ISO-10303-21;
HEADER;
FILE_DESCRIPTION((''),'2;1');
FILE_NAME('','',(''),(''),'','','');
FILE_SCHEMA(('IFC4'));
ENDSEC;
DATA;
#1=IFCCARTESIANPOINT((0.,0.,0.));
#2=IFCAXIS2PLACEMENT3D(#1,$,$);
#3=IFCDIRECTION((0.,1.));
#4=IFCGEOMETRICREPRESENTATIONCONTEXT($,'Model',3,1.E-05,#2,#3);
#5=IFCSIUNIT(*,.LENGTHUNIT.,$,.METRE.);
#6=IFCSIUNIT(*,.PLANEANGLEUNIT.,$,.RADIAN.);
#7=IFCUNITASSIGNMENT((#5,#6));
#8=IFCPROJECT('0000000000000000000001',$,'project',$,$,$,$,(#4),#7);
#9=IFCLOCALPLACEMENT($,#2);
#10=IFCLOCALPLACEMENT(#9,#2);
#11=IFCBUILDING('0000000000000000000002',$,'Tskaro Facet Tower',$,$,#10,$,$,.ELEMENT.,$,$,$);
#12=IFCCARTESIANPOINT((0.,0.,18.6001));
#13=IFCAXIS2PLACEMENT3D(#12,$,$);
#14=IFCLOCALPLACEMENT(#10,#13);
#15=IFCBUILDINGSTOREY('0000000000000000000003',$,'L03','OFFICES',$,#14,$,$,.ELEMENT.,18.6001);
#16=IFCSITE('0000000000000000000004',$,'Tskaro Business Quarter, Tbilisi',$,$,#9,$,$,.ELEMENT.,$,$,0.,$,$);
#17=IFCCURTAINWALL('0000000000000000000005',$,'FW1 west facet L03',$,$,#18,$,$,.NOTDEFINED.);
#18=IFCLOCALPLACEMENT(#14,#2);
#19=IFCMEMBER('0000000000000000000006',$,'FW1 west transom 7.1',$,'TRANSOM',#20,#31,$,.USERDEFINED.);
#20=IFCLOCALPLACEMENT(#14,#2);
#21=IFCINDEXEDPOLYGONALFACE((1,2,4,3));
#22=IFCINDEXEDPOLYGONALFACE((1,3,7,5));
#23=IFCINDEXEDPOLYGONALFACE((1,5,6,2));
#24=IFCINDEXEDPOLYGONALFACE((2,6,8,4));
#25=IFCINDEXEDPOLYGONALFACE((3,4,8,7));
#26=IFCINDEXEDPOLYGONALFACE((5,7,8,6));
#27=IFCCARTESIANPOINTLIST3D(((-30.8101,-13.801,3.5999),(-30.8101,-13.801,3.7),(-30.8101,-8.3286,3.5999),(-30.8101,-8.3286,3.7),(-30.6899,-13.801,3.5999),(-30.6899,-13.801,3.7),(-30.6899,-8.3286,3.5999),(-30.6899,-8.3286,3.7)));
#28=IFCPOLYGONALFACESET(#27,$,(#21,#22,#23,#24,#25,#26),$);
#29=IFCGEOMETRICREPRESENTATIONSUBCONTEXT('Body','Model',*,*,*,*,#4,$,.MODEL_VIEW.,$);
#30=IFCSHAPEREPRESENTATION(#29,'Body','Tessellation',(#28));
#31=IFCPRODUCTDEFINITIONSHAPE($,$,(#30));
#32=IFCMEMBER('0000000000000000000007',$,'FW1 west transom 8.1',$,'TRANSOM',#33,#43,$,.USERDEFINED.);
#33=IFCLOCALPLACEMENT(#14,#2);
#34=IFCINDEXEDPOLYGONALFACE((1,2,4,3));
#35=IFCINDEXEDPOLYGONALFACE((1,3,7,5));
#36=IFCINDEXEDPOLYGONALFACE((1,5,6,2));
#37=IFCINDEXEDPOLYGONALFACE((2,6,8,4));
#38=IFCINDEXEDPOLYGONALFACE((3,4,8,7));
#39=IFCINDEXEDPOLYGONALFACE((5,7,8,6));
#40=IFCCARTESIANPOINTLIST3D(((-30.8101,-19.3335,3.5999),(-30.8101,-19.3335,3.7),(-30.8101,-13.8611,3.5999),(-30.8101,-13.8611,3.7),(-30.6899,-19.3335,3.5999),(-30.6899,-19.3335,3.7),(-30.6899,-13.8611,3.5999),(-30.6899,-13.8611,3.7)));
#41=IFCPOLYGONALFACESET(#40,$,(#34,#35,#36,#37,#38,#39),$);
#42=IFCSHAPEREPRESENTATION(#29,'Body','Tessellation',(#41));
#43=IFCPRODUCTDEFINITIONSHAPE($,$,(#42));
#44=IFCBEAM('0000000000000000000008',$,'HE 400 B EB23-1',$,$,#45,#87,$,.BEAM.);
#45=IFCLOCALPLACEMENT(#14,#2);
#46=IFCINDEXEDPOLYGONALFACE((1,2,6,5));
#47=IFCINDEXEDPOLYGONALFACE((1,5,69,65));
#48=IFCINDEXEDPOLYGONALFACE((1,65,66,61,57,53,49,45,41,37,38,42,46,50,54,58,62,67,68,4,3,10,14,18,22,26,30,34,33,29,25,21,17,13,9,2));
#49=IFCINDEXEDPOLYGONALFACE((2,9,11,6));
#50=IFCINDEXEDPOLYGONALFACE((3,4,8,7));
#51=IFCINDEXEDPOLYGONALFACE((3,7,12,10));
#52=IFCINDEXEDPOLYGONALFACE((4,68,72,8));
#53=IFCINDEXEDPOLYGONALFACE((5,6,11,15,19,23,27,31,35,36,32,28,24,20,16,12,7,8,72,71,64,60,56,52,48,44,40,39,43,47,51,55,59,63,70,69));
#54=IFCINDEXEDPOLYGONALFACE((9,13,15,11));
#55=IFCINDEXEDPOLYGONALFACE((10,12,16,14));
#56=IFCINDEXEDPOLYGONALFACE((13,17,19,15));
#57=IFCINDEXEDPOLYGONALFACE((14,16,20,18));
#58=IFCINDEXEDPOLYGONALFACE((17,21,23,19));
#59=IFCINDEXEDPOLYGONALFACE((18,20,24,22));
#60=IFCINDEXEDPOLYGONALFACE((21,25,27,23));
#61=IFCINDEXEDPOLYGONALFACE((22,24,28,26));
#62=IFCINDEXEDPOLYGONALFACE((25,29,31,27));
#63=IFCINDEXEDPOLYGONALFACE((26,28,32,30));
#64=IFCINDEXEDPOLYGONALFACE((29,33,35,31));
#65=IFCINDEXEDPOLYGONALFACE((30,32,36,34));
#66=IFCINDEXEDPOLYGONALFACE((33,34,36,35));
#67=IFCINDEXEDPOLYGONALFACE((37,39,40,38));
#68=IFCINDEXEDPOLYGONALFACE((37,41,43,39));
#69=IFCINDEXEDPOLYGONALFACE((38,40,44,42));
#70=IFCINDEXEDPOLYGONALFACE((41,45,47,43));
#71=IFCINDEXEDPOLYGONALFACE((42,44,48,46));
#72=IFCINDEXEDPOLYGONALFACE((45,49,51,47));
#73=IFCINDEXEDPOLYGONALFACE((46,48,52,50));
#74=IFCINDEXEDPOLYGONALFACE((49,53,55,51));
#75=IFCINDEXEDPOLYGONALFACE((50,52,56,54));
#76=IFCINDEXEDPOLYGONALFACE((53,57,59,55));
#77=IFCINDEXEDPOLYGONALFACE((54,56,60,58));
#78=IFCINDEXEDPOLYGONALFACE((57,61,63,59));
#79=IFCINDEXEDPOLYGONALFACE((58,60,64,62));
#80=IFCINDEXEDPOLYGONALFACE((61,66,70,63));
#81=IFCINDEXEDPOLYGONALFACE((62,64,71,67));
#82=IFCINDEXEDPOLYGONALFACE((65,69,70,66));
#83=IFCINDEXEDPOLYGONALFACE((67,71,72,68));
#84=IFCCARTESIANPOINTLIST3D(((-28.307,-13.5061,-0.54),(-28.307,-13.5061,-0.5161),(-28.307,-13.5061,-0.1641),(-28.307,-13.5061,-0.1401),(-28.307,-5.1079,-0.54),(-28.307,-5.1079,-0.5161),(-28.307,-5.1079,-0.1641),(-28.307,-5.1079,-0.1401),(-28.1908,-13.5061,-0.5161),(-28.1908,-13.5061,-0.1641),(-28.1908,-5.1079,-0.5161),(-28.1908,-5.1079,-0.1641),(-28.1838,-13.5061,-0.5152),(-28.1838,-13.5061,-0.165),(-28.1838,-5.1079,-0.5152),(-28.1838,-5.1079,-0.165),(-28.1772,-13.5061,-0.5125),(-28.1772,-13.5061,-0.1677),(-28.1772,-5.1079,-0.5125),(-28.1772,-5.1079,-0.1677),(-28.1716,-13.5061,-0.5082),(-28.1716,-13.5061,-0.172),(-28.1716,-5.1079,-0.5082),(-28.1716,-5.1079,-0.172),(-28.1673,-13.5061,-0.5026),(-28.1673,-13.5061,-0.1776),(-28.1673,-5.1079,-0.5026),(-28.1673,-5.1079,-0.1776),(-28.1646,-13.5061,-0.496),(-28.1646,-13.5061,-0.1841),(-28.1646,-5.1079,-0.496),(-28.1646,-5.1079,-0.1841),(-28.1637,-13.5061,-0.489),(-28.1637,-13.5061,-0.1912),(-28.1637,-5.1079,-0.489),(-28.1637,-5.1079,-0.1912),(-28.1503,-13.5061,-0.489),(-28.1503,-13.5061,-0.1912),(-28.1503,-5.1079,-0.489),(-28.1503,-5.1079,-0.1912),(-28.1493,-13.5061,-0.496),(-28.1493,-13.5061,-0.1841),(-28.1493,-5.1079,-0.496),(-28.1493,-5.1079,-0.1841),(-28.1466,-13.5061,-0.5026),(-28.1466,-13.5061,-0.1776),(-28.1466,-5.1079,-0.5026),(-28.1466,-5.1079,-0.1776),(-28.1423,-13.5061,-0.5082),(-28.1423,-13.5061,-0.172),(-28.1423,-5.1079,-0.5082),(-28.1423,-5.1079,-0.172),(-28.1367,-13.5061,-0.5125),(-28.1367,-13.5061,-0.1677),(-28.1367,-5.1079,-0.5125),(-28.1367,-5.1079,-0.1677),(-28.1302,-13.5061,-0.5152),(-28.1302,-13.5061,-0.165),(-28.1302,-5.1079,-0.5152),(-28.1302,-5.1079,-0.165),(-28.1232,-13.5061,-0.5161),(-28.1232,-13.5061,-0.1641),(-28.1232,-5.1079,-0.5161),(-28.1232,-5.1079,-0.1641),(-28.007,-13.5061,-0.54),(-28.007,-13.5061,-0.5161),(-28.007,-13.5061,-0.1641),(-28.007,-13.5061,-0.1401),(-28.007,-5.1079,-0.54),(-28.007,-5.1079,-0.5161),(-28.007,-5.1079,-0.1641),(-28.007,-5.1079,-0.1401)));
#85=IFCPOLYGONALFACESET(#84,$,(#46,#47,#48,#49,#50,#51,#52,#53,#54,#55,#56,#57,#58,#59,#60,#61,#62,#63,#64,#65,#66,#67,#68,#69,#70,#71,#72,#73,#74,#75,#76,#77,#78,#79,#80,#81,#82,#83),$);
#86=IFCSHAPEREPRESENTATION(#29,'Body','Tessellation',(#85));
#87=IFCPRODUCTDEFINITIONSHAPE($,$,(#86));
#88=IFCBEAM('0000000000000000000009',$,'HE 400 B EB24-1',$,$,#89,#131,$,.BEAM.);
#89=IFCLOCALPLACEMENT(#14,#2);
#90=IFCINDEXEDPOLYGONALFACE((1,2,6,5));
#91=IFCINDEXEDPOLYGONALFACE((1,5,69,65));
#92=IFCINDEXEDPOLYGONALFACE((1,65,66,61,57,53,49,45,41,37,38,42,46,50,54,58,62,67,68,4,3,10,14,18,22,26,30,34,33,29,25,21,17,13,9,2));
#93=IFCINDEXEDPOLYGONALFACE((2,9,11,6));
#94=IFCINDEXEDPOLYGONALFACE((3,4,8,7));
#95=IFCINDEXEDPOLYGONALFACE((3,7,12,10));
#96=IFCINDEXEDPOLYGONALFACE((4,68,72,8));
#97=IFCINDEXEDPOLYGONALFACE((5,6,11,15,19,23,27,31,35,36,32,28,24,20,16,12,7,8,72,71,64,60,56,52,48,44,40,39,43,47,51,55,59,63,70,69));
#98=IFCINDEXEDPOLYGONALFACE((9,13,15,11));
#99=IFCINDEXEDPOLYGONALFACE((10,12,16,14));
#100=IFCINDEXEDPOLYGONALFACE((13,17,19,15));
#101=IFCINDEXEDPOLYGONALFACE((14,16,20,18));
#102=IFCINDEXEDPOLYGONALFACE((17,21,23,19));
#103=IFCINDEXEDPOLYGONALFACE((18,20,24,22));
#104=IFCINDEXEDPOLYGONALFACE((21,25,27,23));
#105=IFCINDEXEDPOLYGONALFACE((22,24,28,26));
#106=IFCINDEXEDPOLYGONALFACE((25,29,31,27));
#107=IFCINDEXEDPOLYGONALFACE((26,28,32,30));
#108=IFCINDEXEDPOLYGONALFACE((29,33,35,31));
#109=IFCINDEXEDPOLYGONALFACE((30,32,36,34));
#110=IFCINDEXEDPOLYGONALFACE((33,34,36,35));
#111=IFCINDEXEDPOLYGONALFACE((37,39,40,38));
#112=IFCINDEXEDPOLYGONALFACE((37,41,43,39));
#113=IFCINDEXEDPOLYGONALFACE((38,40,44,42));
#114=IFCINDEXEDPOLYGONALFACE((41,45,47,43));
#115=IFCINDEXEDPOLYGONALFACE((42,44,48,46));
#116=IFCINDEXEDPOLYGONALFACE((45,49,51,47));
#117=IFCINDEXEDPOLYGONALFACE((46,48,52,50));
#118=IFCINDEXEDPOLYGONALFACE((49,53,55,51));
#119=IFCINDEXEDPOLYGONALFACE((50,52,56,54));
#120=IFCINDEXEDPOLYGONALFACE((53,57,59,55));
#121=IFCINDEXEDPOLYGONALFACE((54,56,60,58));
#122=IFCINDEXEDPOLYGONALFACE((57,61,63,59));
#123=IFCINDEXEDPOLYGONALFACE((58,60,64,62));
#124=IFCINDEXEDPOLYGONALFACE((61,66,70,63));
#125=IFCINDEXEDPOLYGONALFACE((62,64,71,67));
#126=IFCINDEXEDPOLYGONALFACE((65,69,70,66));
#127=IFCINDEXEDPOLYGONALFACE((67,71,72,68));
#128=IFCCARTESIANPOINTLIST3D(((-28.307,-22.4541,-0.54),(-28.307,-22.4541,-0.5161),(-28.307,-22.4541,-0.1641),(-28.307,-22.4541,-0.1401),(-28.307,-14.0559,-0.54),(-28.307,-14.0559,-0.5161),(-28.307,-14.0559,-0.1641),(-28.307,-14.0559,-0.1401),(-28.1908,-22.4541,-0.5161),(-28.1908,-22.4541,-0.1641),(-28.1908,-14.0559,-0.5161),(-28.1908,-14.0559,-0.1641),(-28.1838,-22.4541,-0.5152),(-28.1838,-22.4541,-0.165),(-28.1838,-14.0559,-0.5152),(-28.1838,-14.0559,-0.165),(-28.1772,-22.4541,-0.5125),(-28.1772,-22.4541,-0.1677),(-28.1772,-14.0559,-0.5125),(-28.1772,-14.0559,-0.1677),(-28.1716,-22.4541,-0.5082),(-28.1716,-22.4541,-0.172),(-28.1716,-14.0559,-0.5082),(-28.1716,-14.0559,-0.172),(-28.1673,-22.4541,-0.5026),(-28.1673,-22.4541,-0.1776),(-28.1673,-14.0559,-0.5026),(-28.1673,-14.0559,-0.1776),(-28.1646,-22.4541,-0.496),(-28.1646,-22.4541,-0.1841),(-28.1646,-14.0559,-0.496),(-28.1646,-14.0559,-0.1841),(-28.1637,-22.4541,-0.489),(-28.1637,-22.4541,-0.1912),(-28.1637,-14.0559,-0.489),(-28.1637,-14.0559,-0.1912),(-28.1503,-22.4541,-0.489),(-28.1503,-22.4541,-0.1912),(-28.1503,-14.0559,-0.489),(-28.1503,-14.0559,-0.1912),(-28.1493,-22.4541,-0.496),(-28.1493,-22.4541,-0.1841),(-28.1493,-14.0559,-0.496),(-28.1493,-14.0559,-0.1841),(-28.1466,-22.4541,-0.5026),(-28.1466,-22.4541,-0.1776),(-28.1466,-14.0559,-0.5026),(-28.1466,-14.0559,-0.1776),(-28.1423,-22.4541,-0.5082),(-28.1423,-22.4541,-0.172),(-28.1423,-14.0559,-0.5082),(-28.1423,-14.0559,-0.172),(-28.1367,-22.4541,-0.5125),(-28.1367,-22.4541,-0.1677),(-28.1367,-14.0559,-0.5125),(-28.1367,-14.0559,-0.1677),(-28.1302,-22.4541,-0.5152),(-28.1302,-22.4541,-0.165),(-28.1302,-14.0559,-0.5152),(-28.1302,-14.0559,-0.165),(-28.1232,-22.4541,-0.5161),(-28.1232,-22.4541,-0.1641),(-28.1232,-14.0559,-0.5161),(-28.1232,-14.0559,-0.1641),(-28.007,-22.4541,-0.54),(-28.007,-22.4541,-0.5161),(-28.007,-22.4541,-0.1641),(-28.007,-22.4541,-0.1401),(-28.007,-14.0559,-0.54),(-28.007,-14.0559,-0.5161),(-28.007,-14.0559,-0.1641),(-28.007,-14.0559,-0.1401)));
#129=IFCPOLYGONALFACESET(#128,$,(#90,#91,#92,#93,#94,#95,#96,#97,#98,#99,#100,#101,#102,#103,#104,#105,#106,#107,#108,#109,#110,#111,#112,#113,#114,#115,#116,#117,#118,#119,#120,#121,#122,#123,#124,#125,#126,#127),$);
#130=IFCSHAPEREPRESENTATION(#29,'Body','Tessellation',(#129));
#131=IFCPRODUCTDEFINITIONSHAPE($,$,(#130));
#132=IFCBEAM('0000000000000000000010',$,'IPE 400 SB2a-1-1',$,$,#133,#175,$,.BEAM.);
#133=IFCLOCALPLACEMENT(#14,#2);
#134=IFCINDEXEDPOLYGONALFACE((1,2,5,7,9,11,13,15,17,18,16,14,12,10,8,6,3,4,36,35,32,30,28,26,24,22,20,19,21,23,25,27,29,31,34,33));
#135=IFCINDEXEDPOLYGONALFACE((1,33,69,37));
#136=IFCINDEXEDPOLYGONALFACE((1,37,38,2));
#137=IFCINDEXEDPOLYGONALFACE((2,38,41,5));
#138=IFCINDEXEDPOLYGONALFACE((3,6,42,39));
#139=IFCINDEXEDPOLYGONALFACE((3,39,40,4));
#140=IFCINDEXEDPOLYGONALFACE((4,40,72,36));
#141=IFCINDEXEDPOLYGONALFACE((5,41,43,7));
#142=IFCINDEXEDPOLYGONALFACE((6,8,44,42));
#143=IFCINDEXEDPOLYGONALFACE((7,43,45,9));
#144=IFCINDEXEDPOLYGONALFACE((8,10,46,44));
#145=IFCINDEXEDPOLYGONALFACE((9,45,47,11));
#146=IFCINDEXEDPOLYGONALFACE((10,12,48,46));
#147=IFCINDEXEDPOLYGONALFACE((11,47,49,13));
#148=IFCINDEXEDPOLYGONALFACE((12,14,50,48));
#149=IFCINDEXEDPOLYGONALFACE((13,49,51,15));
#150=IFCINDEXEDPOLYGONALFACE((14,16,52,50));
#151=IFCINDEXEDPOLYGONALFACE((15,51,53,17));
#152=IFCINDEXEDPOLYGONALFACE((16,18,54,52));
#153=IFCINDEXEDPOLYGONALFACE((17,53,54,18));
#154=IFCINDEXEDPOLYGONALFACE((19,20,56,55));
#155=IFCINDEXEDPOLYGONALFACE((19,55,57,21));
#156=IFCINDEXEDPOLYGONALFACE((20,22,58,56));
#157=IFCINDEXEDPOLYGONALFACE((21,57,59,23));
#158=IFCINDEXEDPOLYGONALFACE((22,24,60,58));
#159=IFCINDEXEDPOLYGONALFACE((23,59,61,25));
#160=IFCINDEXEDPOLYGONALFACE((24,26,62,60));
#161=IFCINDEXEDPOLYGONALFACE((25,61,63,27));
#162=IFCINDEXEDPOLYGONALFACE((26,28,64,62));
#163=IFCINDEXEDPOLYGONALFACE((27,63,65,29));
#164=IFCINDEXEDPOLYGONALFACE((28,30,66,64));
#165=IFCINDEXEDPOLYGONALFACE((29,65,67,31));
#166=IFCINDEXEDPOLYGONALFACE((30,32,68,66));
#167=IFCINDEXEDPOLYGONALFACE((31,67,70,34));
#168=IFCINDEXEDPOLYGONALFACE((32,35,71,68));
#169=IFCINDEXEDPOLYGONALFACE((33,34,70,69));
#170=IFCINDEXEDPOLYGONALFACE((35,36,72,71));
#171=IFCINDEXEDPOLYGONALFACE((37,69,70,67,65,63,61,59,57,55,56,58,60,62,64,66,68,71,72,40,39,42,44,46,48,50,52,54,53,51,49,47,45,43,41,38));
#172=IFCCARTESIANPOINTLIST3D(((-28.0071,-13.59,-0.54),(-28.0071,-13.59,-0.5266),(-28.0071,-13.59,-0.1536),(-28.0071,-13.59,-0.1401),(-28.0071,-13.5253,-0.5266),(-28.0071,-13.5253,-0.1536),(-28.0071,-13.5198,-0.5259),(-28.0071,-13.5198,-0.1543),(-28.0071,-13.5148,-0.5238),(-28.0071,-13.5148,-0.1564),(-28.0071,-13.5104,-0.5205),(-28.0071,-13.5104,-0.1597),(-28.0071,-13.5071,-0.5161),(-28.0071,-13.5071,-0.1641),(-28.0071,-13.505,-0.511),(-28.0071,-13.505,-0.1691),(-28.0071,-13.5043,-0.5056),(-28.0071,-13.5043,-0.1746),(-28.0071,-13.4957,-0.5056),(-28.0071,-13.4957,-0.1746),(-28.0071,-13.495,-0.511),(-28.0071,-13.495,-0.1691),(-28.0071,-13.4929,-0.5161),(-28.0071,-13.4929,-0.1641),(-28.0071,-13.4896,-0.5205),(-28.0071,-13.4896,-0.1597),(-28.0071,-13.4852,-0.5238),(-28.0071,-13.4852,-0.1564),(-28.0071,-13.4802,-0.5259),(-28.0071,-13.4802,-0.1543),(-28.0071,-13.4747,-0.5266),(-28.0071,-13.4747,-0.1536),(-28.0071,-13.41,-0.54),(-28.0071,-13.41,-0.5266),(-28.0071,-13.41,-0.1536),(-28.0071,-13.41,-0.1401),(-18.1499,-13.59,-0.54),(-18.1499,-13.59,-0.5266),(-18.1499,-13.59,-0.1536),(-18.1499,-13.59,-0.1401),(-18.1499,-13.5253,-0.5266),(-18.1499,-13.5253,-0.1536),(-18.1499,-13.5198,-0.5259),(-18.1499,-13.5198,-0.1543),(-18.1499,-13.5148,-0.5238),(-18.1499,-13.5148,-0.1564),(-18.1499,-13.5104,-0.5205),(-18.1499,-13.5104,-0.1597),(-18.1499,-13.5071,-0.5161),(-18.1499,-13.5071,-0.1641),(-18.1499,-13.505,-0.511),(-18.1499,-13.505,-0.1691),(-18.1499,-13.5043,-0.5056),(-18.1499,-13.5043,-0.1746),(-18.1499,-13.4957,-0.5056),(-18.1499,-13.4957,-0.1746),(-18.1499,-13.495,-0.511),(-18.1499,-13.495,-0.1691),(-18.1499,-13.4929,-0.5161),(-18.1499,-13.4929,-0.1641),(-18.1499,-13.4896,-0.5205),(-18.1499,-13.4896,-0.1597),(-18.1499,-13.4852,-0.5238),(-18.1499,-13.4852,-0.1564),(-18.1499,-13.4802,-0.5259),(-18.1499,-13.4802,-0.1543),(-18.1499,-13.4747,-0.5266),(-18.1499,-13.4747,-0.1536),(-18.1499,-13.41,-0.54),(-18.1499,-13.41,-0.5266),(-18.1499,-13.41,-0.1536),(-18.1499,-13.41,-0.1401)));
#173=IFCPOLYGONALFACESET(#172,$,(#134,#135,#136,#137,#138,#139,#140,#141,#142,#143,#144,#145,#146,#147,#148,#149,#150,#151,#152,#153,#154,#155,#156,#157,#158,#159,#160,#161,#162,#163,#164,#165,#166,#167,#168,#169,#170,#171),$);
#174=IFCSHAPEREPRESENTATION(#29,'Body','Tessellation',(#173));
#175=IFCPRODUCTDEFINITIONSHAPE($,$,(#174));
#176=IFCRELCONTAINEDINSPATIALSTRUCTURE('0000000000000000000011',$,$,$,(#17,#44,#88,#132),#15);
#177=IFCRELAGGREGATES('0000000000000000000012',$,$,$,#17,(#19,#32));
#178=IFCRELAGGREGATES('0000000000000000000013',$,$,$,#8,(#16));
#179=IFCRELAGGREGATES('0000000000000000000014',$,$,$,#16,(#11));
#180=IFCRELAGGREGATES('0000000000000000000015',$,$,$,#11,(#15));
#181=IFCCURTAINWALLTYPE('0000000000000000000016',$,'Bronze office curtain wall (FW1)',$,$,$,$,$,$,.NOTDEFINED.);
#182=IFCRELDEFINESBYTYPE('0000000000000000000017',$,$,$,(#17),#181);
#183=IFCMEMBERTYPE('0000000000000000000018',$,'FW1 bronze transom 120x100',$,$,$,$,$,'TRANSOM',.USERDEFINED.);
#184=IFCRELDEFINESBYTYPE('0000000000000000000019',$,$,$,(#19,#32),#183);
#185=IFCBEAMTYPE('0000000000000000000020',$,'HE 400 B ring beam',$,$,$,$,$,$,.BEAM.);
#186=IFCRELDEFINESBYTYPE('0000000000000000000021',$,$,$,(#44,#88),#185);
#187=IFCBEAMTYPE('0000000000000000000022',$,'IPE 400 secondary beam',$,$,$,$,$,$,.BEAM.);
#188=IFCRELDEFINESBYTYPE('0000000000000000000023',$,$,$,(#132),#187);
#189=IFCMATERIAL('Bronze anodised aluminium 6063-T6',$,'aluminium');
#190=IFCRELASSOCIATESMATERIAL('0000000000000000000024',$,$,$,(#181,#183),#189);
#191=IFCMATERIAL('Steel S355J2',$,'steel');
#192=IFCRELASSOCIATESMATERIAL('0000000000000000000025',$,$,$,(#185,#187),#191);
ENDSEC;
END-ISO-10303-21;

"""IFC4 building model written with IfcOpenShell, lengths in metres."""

from ifc_helpers import new_model, si_unit, direction, frame, origin, origin_2d, place, context, subcontext, project, spatial, rectangle, i_section, extrude, material, material_profile, profile_set, type_object, element, aggregate, save


model = new_model("IFC4")

# Units and contexts
model_context = context("Model", 3, precision=1e-05, world=origin(), true_north=direction((0.0, 1.0)))
body_context = subcontext(model_context, "Body", "Model", "MODEL_VIEW")
ifc_project = project(units=[si_unit("LENGTHUNIT", "METRE"), si_unit("PLANEANGLEUNIT", "RADIAN")], contexts=[model_context])

# Site, building, storey
site_placement = place(None, origin())
site = spatial("IfcSite", under=ifc_project, at=site_placement, Name="Tskaro Business Quarter, Tbilisi", CompositionType="ELEMENT", RefElevation=0.0)
building_placement = place(site_placement, origin())
building = spatial("IfcBuilding", under=site, at=building_placement, Name="Tskaro Facet Tower", CompositionType="ELEMENT")
storey_placement = place(building_placement, frame((0.0, 0.0, 18.6001)))
storey = spatial("IfcBuildingStorey", under=building, at=storey_placement, Name="L03", Description="OFFICES", CompositionType="ELEMENT", Elevation=18.6001)

# Curtain wall, members
ifc_material_1 = material(Name="Bronze anodised aluminium 6063-T6", Category="aluminium")
curtain_wall_type = type_object("IfcCurtainWallType", Name="Bronze office curtain wall (FW1)", PredefinedType="NOTDEFINED", material=ifc_material_1)
curtain_wall_placement = place(storey_placement, origin())
curtain_wall = element("IfcCurtainWall", 1, at=curtain_wall_placement, inside=storey, type_object=curtain_wall_type, Name="FW1 west facet L03", PredefinedType="NOTDEFINED")
ifc_material_profile_1 = material_profile(ifc_material_1, rectangle(XDim=0.1201, YDim=0.1001, at=origin_2d()), Name="Transom 120x100")
ifc_profile_set_1 = profile_set([ifc_material_profile_1], Name="Bronze anodised aluminium 6063-T6")
member_type_1 = type_object("IfcMemberType", Name="FW1 bronze transom 120x100", ElementType="TRANSOM", PredefinedType="USERDEFINED", material=ifc_profile_set_1)
member_1_placement = place(storey_placement, frame((-30.75, -8.3286, 3.6499), z_axis=(0.0, -1.0, 0.0), x_axis=(1.0, 0.0, 0.0)))
member_1 = element("IfcMember", 2, at=member_1_placement, type_object=member_type_1, Name="FW1 west transom 7.1", ObjectType="TRANSOM", PredefinedType="USERDEFINED", context=body_context, shape_type="SweptSolid", body=[
    extrude(rectangle(XDim=0.1201, YDim=0.1001, at=origin_2d()), origin(), (0.0, 0.0, 1.0), 5.4724),
])
member_2_placement = place(storey_placement, frame((-30.75, -13.8611, 3.6499), z_axis=(0.0, -1.0, 0.0), x_axis=(1.0, 0.0, 0.0)))
member_2 = element("IfcMember", 3, at=member_2_placement, type_object=member_type_1, Name="FW1 west transom 8.1", ObjectType="TRANSOM", PredefinedType="USERDEFINED", context=body_context, shape_type="SweptSolid", body=[
    extrude(rectangle(XDim=0.1201, YDim=0.1001, at=origin_2d()), origin(), (0.0, 0.0, 1.0), 5.4724),
])

# Beams
ifc_material_2 = material(Name="Steel S355J2", Category="steel")
ifc_material_profile_2 = material_profile(ifc_material_2, i_section(OverallWidth=0.3, OverallDepth=0.3999, WebThickness=0.0134, FlangeThickness=0.0239, FilletRadius=0.0271, at=origin_2d()), Name="HE 400 B")
ifc_profile_set_2 = profile_set([ifc_material_profile_2], Name="Steel S355J2")
beam_type_1 = type_object("IfcBeamType", Name="HE 400 B ring beam", PredefinedType="BEAM", material=ifc_profile_set_2)
for number, where, z_axis, x_axis, name in (
    (4, (-28.157, -5.1079, -0.3401), (0.0, -1.0, 0.0), (1.0, 0.0, 0.0), "HE 400 B EB23-1"),
    (5, (-28.157, -14.0559, -0.3401), (0.0, -1.0, 0.0), (1.0, 0.0, 0.0), "HE 400 B EB24-1"),
):
    element("IfcBeam", number, at=place(storey_placement, frame(where, z_axis=z_axis, x_axis=x_axis)), inside=storey, type_object=beam_type_1, Name=name, PredefinedType="BEAM", context=body_context, shape_type="SweptSolid", body=[
        extrude(i_section(OverallWidth=0.3, OverallDepth=0.3999, WebThickness=0.0134, FlangeThickness=0.0239, FilletRadius=0.0271, at=origin_2d()), origin(), (0.0, 0.0, 1.0), 8.3982),
    ])
ifc_material_profile_3 = material_profile(ifc_material_2, i_section(OverallWidth=0.1799, OverallDepth=0.3999, WebThickness=0.0085, FlangeThickness=0.0134, FilletRadius=0.021, at=origin_2d()), Name="IPE 400")
ifc_profile_set_3 = profile_set([ifc_material_profile_3], Name="Steel S355J2")
beam_type_2 = type_object("IfcBeamType", Name="IPE 400 secondary beam", PredefinedType="BEAM", material=ifc_profile_set_3)
for number, where, z_axis, x_axis, name in (
    (6, (-28.0071, -13.5, -0.3401), (1.0, 0.0, 0.0), (0.0, 1.0, 0.0), "IPE 400 SB2a-1-1"),
):
    element("IfcBeam", number, at=place(storey_placement, frame(where, z_axis=z_axis, x_axis=x_axis)), inside=storey, type_object=beam_type_2, Name=name, PredefinedType="BEAM", context=body_context, shape_type="SweptSolid", body=[
        extrude(i_section(OverallWidth=0.1799, OverallDepth=0.3999, WebThickness=0.0085, FlangeThickness=0.0134, FilletRadius=0.021, at=origin_2d()), origin(), (0.0, 0.0, 1.0), 9.8572),
    ])

aggregate(curtain_wall, [member_1, member_2])

save(model, "model.ifc")
